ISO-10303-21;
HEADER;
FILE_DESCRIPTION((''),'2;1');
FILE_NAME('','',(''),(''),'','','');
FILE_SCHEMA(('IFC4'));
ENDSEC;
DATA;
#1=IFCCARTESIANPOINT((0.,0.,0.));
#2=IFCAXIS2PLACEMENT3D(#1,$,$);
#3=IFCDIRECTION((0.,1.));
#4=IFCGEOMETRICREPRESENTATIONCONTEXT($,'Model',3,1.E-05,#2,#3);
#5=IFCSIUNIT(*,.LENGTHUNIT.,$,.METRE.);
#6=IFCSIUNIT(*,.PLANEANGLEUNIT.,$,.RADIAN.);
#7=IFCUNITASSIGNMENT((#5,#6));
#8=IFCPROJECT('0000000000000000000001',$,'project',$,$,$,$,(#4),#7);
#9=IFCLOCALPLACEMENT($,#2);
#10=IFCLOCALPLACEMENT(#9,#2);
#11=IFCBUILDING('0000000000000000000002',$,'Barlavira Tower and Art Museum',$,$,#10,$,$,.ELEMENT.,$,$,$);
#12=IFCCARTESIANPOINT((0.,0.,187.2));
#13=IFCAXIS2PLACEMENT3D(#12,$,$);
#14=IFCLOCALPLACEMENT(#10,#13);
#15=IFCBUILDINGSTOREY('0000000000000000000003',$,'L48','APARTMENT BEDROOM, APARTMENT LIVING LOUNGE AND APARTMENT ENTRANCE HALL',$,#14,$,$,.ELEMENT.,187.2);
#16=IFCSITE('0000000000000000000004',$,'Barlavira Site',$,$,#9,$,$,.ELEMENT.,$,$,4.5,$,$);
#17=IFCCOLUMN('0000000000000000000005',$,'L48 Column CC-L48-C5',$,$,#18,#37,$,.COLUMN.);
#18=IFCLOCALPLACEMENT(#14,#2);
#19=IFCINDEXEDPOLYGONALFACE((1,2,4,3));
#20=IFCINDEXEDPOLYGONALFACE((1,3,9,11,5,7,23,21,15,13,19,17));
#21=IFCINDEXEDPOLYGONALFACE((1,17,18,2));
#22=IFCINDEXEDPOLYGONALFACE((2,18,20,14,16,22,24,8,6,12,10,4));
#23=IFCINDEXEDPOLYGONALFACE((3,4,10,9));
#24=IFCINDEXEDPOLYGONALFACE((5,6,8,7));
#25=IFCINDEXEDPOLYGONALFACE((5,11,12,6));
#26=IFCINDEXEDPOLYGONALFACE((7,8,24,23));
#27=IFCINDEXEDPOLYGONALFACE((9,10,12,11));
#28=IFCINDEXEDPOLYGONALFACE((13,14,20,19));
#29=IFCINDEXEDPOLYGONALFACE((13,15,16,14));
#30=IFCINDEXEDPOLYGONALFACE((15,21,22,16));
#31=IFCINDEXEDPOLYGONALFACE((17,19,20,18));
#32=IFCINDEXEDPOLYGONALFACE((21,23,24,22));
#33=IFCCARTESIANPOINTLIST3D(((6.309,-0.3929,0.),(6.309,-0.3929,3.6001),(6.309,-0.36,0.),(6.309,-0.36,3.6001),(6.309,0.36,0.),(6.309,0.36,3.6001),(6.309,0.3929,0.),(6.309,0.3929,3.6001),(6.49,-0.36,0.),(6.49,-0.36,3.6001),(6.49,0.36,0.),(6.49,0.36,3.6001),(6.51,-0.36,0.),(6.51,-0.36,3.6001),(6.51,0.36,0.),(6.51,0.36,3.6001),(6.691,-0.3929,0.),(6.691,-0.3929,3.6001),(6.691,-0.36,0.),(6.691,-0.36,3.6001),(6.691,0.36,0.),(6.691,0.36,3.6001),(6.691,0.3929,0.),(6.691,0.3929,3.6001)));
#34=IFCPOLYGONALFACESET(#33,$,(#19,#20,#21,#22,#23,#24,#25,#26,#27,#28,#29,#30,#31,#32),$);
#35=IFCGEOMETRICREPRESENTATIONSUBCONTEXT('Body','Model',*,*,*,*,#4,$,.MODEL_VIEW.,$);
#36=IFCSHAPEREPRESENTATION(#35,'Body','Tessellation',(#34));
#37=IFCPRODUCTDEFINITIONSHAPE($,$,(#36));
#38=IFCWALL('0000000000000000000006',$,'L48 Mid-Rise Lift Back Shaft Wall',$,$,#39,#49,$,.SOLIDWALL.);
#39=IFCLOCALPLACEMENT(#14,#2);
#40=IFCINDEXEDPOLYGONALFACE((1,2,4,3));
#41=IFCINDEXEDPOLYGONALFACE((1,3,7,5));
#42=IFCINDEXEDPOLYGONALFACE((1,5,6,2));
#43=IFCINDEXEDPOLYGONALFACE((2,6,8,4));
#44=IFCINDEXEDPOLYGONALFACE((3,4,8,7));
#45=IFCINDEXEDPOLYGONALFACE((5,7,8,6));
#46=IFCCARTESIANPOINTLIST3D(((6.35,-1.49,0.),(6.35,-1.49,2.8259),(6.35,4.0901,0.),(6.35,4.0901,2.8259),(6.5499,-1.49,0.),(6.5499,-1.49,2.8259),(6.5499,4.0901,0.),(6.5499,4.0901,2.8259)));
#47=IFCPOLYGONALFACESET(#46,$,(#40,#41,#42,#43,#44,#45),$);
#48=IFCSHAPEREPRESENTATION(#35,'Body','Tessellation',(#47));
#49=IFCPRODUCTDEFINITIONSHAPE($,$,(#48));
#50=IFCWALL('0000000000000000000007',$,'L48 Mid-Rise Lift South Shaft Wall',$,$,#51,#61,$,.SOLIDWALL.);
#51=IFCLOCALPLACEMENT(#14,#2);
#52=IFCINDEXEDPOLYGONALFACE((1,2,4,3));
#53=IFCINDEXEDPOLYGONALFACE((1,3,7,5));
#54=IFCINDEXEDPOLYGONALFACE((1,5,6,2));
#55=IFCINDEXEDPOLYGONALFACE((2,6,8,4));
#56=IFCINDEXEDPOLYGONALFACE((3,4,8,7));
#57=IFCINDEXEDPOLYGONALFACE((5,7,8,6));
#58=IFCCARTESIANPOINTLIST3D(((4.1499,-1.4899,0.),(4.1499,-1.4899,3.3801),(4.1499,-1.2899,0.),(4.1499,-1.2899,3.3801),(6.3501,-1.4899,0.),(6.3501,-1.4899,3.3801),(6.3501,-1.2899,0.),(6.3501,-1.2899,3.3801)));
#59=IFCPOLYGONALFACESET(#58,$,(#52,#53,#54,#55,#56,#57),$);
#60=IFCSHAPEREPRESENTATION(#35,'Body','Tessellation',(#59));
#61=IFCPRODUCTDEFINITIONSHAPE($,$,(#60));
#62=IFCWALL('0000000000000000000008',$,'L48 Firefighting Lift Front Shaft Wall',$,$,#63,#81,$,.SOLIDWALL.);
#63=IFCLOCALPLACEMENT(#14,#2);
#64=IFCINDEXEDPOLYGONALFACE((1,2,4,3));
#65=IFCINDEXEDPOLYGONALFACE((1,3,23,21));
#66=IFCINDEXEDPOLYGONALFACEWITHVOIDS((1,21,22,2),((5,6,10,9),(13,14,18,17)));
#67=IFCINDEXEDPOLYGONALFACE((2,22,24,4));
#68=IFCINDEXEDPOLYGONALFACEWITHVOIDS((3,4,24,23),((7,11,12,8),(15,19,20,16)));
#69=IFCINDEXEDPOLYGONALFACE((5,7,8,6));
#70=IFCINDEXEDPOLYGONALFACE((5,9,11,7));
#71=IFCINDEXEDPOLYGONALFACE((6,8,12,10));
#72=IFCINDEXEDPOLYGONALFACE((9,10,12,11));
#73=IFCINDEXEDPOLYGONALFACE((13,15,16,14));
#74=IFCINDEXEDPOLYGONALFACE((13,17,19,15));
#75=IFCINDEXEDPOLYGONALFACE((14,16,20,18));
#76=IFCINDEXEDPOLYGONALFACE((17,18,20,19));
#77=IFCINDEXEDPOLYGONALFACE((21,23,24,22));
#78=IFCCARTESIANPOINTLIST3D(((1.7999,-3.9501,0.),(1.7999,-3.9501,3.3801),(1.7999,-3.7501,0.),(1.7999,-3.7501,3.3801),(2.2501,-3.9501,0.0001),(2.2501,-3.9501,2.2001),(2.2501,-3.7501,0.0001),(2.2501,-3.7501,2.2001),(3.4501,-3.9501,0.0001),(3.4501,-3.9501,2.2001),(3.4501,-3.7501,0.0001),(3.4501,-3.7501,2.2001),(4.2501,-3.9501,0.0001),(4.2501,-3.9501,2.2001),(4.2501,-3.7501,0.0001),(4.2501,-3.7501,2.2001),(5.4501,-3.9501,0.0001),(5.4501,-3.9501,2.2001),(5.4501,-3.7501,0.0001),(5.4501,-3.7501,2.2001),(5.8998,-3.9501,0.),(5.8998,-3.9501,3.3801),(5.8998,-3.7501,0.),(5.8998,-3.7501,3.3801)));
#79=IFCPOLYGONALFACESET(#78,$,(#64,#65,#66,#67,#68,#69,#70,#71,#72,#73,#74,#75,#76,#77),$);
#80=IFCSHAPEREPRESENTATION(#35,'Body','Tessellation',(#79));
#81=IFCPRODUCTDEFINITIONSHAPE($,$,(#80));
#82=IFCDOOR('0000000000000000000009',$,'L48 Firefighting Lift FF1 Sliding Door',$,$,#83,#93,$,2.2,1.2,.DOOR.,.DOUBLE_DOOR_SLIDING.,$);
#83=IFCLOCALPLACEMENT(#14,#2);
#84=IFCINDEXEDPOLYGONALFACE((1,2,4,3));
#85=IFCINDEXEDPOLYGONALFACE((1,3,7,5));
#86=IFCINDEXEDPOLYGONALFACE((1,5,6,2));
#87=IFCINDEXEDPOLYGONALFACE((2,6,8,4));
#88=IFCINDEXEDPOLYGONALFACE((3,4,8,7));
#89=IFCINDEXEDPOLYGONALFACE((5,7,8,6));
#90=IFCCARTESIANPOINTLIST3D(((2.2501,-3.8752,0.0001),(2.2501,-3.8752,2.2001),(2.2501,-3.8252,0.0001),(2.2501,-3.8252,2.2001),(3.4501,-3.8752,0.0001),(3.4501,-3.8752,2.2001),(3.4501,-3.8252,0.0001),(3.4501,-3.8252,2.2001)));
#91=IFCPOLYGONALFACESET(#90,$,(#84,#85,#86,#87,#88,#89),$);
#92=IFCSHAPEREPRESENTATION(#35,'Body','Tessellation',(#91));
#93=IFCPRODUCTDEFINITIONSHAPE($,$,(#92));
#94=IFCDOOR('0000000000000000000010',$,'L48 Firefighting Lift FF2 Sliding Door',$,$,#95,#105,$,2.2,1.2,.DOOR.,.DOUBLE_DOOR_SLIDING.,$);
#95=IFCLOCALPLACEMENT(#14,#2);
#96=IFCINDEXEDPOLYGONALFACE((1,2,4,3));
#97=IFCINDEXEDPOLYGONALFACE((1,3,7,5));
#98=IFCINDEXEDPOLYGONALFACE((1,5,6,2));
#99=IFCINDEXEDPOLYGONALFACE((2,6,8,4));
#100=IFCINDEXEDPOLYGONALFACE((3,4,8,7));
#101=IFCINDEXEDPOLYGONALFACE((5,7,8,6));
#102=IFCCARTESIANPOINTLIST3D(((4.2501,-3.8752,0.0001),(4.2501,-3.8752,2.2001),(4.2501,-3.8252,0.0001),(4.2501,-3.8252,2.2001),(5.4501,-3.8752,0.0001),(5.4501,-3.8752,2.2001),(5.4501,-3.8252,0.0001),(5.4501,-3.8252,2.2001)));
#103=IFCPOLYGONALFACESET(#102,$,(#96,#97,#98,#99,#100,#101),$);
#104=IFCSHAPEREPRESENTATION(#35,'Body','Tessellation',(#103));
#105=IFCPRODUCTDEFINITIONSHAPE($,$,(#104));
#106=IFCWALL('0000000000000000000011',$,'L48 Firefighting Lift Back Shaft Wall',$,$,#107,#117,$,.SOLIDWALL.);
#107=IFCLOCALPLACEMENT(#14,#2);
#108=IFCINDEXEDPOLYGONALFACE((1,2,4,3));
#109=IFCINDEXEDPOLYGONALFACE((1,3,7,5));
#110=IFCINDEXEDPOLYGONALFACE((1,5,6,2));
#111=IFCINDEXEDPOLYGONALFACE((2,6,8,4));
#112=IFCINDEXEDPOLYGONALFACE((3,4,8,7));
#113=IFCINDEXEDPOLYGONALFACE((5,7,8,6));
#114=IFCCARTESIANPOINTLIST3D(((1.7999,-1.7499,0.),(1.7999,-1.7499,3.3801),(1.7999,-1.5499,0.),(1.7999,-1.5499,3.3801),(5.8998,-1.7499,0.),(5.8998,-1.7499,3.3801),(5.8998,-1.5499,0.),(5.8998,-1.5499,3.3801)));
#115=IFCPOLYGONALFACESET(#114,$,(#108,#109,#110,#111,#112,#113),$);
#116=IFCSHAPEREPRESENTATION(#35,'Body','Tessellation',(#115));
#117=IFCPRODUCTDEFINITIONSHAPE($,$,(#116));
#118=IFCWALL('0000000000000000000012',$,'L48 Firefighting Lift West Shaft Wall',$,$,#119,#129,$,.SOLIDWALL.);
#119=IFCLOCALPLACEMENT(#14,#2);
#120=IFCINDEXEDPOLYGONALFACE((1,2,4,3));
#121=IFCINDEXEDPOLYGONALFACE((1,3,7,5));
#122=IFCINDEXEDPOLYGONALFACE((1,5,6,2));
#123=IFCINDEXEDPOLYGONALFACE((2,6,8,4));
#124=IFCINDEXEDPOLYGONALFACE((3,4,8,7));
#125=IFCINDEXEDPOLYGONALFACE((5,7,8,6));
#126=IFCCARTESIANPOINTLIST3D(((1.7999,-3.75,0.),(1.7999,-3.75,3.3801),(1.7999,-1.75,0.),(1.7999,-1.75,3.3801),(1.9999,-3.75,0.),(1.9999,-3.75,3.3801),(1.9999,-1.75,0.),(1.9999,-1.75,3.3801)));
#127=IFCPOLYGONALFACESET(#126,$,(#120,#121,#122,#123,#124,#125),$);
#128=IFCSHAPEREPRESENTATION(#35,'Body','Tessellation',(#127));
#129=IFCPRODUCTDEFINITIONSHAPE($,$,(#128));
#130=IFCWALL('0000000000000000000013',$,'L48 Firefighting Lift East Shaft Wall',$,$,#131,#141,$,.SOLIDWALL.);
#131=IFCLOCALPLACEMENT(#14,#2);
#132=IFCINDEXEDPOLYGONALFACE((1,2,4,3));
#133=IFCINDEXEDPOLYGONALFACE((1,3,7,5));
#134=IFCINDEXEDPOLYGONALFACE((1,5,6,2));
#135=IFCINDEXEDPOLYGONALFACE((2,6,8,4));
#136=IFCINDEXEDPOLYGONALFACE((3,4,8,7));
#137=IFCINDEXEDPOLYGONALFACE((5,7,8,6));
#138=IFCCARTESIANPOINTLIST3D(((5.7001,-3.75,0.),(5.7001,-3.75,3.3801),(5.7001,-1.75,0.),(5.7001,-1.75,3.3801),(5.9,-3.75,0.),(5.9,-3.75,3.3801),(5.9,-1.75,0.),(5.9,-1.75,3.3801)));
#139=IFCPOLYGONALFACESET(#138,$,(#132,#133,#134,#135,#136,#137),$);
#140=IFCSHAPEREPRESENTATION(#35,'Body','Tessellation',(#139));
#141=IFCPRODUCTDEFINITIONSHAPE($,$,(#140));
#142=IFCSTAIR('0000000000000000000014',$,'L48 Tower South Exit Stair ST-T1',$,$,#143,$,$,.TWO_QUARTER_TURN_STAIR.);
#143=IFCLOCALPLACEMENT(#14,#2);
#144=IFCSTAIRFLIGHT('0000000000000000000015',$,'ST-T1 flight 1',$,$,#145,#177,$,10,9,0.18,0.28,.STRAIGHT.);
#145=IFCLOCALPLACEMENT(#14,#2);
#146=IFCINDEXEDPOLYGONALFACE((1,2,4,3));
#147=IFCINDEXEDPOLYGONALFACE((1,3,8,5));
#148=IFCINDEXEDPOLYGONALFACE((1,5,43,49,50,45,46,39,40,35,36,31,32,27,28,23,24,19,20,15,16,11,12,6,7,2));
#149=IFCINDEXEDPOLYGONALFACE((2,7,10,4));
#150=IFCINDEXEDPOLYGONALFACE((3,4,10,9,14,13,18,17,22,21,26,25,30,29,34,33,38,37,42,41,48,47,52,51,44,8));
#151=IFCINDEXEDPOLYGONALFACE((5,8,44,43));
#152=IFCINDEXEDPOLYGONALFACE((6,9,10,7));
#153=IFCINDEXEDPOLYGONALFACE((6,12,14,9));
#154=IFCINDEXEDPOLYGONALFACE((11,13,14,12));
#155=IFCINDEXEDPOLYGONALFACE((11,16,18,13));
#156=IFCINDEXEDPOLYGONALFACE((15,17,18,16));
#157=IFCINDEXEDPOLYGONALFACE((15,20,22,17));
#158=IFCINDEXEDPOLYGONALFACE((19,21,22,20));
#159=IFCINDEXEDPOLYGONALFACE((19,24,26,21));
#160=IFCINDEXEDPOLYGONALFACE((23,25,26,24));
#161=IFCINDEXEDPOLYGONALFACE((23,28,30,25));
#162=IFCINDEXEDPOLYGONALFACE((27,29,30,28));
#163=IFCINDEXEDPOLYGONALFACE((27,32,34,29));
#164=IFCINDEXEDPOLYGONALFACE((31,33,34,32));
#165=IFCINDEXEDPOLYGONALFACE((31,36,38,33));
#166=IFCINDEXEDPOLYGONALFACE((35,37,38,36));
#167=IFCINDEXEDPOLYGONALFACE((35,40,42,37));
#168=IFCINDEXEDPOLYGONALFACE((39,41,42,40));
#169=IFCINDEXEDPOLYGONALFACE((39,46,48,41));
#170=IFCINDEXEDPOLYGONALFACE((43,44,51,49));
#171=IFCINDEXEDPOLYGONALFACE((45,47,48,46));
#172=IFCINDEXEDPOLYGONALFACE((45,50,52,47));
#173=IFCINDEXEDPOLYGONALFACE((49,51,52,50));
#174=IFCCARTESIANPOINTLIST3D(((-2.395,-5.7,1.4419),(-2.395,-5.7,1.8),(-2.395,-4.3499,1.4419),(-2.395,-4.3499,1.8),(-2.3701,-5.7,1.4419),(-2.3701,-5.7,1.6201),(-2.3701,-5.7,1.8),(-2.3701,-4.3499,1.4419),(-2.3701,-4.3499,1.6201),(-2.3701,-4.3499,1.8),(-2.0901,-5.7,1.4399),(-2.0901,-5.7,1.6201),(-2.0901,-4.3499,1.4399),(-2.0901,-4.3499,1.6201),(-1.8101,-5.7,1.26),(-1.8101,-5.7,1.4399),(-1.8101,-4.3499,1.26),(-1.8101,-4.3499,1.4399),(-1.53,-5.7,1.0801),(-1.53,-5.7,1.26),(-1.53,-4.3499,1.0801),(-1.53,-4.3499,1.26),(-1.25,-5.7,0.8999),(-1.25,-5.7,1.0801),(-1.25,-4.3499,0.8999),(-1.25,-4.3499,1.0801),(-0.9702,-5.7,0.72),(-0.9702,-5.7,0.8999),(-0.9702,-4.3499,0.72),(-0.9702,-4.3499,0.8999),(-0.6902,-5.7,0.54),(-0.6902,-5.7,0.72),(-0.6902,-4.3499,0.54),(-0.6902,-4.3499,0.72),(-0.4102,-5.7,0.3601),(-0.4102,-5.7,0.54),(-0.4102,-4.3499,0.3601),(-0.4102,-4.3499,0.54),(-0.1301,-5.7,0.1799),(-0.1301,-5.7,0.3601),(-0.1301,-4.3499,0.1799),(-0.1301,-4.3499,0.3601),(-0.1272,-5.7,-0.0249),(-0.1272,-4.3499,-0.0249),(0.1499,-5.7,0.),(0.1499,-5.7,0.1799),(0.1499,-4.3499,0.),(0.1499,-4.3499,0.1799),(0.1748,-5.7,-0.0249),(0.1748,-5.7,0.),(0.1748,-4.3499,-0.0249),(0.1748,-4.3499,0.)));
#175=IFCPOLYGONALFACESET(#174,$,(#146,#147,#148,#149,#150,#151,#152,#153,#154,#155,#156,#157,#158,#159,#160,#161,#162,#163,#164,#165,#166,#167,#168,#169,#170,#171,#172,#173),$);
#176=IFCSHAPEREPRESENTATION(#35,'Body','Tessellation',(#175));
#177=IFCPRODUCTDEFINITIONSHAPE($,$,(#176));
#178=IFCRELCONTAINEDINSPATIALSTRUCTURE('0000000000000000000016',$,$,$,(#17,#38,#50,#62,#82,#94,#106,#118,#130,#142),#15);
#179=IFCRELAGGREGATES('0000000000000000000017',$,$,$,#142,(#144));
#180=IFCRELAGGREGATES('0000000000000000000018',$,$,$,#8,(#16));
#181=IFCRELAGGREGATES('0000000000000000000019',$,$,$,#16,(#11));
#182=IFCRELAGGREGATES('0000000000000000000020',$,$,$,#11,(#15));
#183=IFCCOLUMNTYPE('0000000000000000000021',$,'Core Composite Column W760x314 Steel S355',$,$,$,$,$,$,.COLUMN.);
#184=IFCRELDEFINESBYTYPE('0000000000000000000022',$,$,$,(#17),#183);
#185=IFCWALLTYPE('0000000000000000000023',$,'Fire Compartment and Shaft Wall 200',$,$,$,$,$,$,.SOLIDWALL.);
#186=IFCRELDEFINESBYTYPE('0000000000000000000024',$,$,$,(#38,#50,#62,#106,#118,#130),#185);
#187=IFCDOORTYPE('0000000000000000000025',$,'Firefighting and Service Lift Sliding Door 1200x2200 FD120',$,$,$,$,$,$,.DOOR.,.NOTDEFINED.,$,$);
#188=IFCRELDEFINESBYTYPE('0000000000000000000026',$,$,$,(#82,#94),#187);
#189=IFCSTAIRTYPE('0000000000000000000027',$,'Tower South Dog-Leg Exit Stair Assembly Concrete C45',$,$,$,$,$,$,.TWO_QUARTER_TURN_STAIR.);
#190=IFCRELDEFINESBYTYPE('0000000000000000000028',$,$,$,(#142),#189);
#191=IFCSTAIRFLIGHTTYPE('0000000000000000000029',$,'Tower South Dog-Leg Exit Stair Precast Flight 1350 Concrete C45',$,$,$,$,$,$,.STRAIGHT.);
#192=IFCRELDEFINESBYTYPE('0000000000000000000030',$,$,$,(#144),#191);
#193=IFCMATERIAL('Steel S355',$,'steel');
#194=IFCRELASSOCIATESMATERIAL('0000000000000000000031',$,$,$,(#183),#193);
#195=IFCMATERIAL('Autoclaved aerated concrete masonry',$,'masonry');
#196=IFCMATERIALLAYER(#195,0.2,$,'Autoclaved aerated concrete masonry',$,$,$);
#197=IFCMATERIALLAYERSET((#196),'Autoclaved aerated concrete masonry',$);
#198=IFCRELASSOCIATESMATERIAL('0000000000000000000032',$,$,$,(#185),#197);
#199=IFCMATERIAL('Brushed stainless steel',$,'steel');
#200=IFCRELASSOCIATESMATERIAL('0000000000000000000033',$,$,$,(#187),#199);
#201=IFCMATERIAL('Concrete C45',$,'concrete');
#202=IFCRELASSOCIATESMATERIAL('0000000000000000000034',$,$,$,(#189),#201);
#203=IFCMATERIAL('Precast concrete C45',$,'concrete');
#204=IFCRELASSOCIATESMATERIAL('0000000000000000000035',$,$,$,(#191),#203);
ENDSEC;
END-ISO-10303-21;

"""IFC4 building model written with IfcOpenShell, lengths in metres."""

from ifc_helpers import new_model, si_unit, direction, frame, frame_2d, origin, origin_2d, place, context, subcontext, project, spatial, polyline, rectangle, i_section, outline, extrude, material, layer, layer_set, material_profile, profile_set, type_object, element, fill, aggregate, save


model = new_model("IFC4")

# Units and contexts
model_context = context("Model", 3, precision=1e-05, world=origin(), true_north=direction((0.0, 1.0)))
body_context = subcontext(model_context, "Body", "Model", "MODEL_VIEW")
ifc_project = project(units=[si_unit("LENGTHUNIT", "METRE"), si_unit("PLANEANGLEUNIT", "RADIAN")], contexts=[model_context])

# Site, building, storey
site_placement = place(None, origin())
site = spatial("IfcSite", under=ifc_project, at=site_placement, Name="Barlavira Site", CompositionType="ELEMENT", RefElevation=4.5)
building_placement = place(site_placement, origin())
building = spatial("IfcBuilding", under=site, at=building_placement, Name="Barlavira Tower and Art Museum", CompositionType="ELEMENT")
storey_placement = place(building_placement, frame((0.0, 0.0, 187.2)))
storey = spatial("IfcBuildingStorey", under=building, at=storey_placement, Name="L48", Description="APARTMENT BEDROOM, APARTMENT LIVING LOUNGE AND APARTMENT ENTRANCE HALL", CompositionType="ELEMENT", Elevation=187.2)

# Column
ifc_material_1 = material(Name="Steel S355", Category="steel")
ifc_material_profile = material_profile(ifc_material_1, i_section(OverallWidth=0.3821, OverallDepth=0.7859, WebThickness=0.02, FlangeThickness=0.033, at=origin_2d()), Name="W760x314.0")
ifc_profile_set = profile_set([ifc_material_profile], Name="Steel S355")
column_type = type_object("IfcColumnType", Name="Core Composite Column W760x314 Steel S355", PredefinedType="COLUMN", material=ifc_profile_set)
column_placement = place(storey_placement, frame((6.5, 0.0, 0.0), z_axis=(0.0, 0.0, 1.0), x_axis=(1.0, 0.0, 0.0)))
element("IfcColumn", 1, at=column_placement, inside=storey, type_object=column_type, Name="L48 Column CC-L48-C5", PredefinedType="COLUMN", context=body_context, shape_type="SweptSolid", body=[
    extrude(i_section(OverallWidth=0.3821, OverallDepth=0.7859, WebThickness=0.02, FlangeThickness=0.033, at=origin_2d()), origin(), (0.0, 0.0, 1.0), 3.6001),
])

# Shared definitions
ifc_material_2 = material(Name="Brushed stainless steel", Category="steel")

# Shared definitions
ifc_material_3 = material(Name="Autoclaved aerated concrete masonry", Category="masonry")
ifc_layer_1 = layer(ifc_material_3, 0.2, Name="Autoclaved aerated concrete masonry")
ifc_layer_set_1 = layer_set([ifc_layer_1], Name="Autoclaved aerated concrete masonry")
wall_type_1 = type_object("IfcWallType", Name="Fire Compartment and Shaft Wall 200", PredefinedType="SOLIDWALL", material=ifc_layer_set_1)

# Walls
wall_1_placement = place(storey_placement, frame((6.45, -1.49, 0.0), z_axis=(0.0, 0.0, 1.0), x_axis=(0.0, 1.0, 0.0)))
element("IfcWall", 2, at=wall_1_placement, inside=storey, type_object=wall_type_1, Name="L48 Mid-Rise Lift Back Shaft Wall", PredefinedType="SOLIDWALL", context=body_context, shape_type="SweptSolid", body=[
    extrude(rectangle(XDim=5.5801, YDim=0.2, at=frame_2d((2.79, 0.0))), origin(), (0.0, 0.0, 1.0), 2.8259),
])
wall_2_placement = place(storey_placement, frame((4.1499, -1.3899, 0.0), z_axis=(0.0, 0.0, 1.0), x_axis=(1.0, 0.0, 0.0)))
element("IfcWall", 3, at=wall_2_placement, inside=storey, type_object=wall_type_1, Name="L48 Mid-Rise Lift South Shaft Wall", PredefinedType="SOLIDWALL", context=body_context, shape_type="SweptSolid", body=[
    extrude(rectangle(XDim=2.2002, YDim=0.2, at=frame_2d((1.1001, 0.0))), origin(), (0.0, 0.0, 1.0), 3.3801),
])

# Wall, openings, doors
wall_3_placement = place(storey_placement, frame((1.8, -3.8501, 0.0), z_axis=(0.0, 0.0, 1.0), x_axis=(1.0, 0.0, 0.0)))
wall_3 = element("IfcWall", 4, at=wall_3_placement, inside=storey, type_object=wall_type_1, Name="L48 Firefighting Lift Front Shaft Wall", PredefinedType="SOLIDWALL", context=body_context, shape_type="SweptSolid", body=[
    extrude(rectangle(XDim=4.0999, YDim=0.2, at=frame_2d((2.0498, 0.0))), origin(), (0.0, 0.0, 1.0), 3.3801),
])
opening_1_placement = place(wall_3_placement, frame((0.45, 0.0, 0.0)))
opening_1 = element("IfcOpeningElement", 5, at=opening_1_placement, cuts=wall_3, PredefinedType="OPENING", context=body_context, shape_type="SweptSolid", body=[
    extrude(rectangle(XDim=1.2, YDim=2.2, at=frame_2d((0.6001, 1.1001))), frame((0.0, 0.1099, 0.0), z_axis=(0.0, -1.0, 0.0), x_axis=(1.0, 0.0, 0.0)), (0.0, 0.0, 1.0), 0.22),
])
opening_2_placement = place(wall_3_placement, frame((2.45, 0.0, 0.0)))
opening_2 = element("IfcOpeningElement", 6, at=opening_2_placement, cuts=wall_3, PredefinedType="OPENING", context=body_context, shape_type="SweptSolid", body=[
    extrude(rectangle(XDim=1.2, YDim=2.2, at=frame_2d((0.6001, 1.1001))), frame((0.0, 0.1099, 0.0), z_axis=(0.0, -1.0, 0.0), x_axis=(1.0, 0.0, 0.0)), (0.0, 0.0, 1.0), 0.22),
])
door_type_1 = type_object("IfcDoorType", Name="Firefighting and Service Lift Sliding Door 1200x2200 FD120", OperationType="NOTDEFINED", PredefinedType="DOOR", material=ifc_material_2)
door_1_placement = place(opening_1_placement, origin())
door_1 = element("IfcDoor", 7, at=door_1_placement, inside=storey, type_object=door_type_1, Name="L48 Firefighting Lift FF1 Sliding Door", OperationType="DOUBLE_DOOR_SLIDING", OverallHeight=2.2, OverallWidth=1.2, PredefinedType="DOOR", context=body_context, shape_type="SweptSolid", body=[
    extrude(rectangle(XDim=1.2, YDim=2.2, at=frame_2d((0.6001, 1.1001))), frame((0.0, 0.0249, 0.0), z_axis=(0.0, -1.0, 0.0), x_axis=(1.0, 0.0, 0.0)), (0.0, 0.0, 1.0), 0.05),
])
fill(opening_1, door_1)
door_2_placement = place(opening_2_placement, origin())
door_2 = element("IfcDoor", 8, at=door_2_placement, inside=storey, type_object=door_type_1, Name="L48 Firefighting Lift FF2 Sliding Door", OperationType="DOUBLE_DOOR_SLIDING", OverallHeight=2.2, OverallWidth=1.2, PredefinedType="DOOR", context=body_context, shape_type="SweptSolid", body=[
    extrude(rectangle(XDim=1.2, YDim=2.2, at=frame_2d((0.6001, 1.1001))), frame((0.0, 0.0249, 0.0), z_axis=(0.0, -1.0, 0.0), x_axis=(1.0, 0.0, 0.0)), (0.0, 0.0, 1.0), 0.05),
])
fill(opening_2, door_2)

# Walls
wall_4_placement = place(storey_placement, frame((1.8, -1.6499, 0.0), z_axis=(0.0, 0.0, 1.0), x_axis=(1.0, 0.0, 0.0)))
element("IfcWall", 9, at=wall_4_placement, inside=storey, type_object=wall_type_1, Name="L48 Firefighting Lift Back Shaft Wall", PredefinedType="SOLIDWALL", context=body_context, shape_type="SweptSolid", body=[
    extrude(rectangle(XDim=4.0999, YDim=0.2, at=frame_2d((2.0498, 0.0))), origin(), (0.0, 0.0, 1.0), 3.3801),
])
for number, where, z_axis, x_axis, name in (
    (10, (1.8999, -3.75, 0.0), (0.0, 0.0, 1.0), (0.0, 1.0, 0.0), "L48 Firefighting Lift West Shaft Wall"),
    (11, (5.8, -3.75, 0.0), (0.0, 0.0, 1.0), (0.0, 1.0, 0.0), "L48 Firefighting Lift East Shaft Wall"),
):
    element("IfcWall", number, at=place(storey_placement, frame(where, z_axis=z_axis, x_axis=x_axis)), inside=storey, type_object=wall_type_1, Name=name, PredefinedType="SOLIDWALL", context=body_context, shape_type="SweptSolid", body=[
        extrude(rectangle(XDim=2.0, YDim=0.2, at=frame_2d((1.0, 0.0))), origin(), (0.0, 0.0, 1.0), 3.3801),
    ])

# Stair, stair flight
ifc_material_4 = material(Name="Concrete C45", Category="concrete")
stair_type = type_object("IfcStairType", Name="Tower South Dog-Leg Exit Stair Assembly Concrete C45", PredefinedType="TWO_QUARTER_TURN_STAIR", material=ifc_material_4)
stair_placement = place(storey_placement, origin())
stair = element("IfcStair", 12, at=stair_placement, inside=storey, type_object=stair_type, Name="L48 Tower South Exit Stair ST-T1", PredefinedType="TWO_QUARTER_TURN_STAIR")
ifc_material_5 = material(Name="Precast concrete C45", Category="concrete")
stair_flight_type = type_object("IfcStairFlightType", Name="Tower South Dog-Leg Exit Stair Precast Flight 1350 Concrete C45", PredefinedType="STRAIGHT", material=ifc_material_5)
stair_flight_placement = place(storey_placement, frame((0.1499, -5.0249, 0.0), z_axis=(0.0, 0.0, 1.0), x_axis=(-1.0, 0.0, 0.0)))
stair_flight = element("IfcStairFlight", 13, at=stair_flight_placement, type_object=stair_flight_type, Name="ST-T1 flight 1", NumberOfRisers=10, NumberOfTreads=9, PredefinedType="STRAIGHT", RiserHeight=0.18, TreadLength=0.28, context=body_context, shape_type="SweptSolid", body=[
    extrude(outline(polyline([(-0.0249, 0.0), (0.0, 0.0), (0.0, 0.1799), (0.28, 0.1799), (0.28, 0.3601), (0.5601, 0.3601), (0.5601, 0.54), (0.8401, 0.54), (0.8401, 0.72), (1.1201, 0.72), (1.1201, 0.8999), (1.3999, 0.8999), (1.3999, 1.0801), (1.6799, 1.0801), (1.6799, 1.26), (1.96, 1.26), (1.96, 1.4399), (2.24, 1.4399), (2.24, 1.6201), (2.52, 1.6201), (2.52, 1.8), (2.5449, 1.8), (2.5449, 1.4419), (2.52, 1.4419), (0.2771, -0.0249), (-0.0249, -0.0249), (-0.0249, 0.0)])), frame((0.0, 0.675, 0.0), z_axis=(0.0, -1.0, 0.0), x_axis=(1.0, 0.0, 0.0)), (0.0, 0.0, 1.0), 1.3501),
])
aggregate(stair, [stair_flight])

save(model, "model.ifc")
